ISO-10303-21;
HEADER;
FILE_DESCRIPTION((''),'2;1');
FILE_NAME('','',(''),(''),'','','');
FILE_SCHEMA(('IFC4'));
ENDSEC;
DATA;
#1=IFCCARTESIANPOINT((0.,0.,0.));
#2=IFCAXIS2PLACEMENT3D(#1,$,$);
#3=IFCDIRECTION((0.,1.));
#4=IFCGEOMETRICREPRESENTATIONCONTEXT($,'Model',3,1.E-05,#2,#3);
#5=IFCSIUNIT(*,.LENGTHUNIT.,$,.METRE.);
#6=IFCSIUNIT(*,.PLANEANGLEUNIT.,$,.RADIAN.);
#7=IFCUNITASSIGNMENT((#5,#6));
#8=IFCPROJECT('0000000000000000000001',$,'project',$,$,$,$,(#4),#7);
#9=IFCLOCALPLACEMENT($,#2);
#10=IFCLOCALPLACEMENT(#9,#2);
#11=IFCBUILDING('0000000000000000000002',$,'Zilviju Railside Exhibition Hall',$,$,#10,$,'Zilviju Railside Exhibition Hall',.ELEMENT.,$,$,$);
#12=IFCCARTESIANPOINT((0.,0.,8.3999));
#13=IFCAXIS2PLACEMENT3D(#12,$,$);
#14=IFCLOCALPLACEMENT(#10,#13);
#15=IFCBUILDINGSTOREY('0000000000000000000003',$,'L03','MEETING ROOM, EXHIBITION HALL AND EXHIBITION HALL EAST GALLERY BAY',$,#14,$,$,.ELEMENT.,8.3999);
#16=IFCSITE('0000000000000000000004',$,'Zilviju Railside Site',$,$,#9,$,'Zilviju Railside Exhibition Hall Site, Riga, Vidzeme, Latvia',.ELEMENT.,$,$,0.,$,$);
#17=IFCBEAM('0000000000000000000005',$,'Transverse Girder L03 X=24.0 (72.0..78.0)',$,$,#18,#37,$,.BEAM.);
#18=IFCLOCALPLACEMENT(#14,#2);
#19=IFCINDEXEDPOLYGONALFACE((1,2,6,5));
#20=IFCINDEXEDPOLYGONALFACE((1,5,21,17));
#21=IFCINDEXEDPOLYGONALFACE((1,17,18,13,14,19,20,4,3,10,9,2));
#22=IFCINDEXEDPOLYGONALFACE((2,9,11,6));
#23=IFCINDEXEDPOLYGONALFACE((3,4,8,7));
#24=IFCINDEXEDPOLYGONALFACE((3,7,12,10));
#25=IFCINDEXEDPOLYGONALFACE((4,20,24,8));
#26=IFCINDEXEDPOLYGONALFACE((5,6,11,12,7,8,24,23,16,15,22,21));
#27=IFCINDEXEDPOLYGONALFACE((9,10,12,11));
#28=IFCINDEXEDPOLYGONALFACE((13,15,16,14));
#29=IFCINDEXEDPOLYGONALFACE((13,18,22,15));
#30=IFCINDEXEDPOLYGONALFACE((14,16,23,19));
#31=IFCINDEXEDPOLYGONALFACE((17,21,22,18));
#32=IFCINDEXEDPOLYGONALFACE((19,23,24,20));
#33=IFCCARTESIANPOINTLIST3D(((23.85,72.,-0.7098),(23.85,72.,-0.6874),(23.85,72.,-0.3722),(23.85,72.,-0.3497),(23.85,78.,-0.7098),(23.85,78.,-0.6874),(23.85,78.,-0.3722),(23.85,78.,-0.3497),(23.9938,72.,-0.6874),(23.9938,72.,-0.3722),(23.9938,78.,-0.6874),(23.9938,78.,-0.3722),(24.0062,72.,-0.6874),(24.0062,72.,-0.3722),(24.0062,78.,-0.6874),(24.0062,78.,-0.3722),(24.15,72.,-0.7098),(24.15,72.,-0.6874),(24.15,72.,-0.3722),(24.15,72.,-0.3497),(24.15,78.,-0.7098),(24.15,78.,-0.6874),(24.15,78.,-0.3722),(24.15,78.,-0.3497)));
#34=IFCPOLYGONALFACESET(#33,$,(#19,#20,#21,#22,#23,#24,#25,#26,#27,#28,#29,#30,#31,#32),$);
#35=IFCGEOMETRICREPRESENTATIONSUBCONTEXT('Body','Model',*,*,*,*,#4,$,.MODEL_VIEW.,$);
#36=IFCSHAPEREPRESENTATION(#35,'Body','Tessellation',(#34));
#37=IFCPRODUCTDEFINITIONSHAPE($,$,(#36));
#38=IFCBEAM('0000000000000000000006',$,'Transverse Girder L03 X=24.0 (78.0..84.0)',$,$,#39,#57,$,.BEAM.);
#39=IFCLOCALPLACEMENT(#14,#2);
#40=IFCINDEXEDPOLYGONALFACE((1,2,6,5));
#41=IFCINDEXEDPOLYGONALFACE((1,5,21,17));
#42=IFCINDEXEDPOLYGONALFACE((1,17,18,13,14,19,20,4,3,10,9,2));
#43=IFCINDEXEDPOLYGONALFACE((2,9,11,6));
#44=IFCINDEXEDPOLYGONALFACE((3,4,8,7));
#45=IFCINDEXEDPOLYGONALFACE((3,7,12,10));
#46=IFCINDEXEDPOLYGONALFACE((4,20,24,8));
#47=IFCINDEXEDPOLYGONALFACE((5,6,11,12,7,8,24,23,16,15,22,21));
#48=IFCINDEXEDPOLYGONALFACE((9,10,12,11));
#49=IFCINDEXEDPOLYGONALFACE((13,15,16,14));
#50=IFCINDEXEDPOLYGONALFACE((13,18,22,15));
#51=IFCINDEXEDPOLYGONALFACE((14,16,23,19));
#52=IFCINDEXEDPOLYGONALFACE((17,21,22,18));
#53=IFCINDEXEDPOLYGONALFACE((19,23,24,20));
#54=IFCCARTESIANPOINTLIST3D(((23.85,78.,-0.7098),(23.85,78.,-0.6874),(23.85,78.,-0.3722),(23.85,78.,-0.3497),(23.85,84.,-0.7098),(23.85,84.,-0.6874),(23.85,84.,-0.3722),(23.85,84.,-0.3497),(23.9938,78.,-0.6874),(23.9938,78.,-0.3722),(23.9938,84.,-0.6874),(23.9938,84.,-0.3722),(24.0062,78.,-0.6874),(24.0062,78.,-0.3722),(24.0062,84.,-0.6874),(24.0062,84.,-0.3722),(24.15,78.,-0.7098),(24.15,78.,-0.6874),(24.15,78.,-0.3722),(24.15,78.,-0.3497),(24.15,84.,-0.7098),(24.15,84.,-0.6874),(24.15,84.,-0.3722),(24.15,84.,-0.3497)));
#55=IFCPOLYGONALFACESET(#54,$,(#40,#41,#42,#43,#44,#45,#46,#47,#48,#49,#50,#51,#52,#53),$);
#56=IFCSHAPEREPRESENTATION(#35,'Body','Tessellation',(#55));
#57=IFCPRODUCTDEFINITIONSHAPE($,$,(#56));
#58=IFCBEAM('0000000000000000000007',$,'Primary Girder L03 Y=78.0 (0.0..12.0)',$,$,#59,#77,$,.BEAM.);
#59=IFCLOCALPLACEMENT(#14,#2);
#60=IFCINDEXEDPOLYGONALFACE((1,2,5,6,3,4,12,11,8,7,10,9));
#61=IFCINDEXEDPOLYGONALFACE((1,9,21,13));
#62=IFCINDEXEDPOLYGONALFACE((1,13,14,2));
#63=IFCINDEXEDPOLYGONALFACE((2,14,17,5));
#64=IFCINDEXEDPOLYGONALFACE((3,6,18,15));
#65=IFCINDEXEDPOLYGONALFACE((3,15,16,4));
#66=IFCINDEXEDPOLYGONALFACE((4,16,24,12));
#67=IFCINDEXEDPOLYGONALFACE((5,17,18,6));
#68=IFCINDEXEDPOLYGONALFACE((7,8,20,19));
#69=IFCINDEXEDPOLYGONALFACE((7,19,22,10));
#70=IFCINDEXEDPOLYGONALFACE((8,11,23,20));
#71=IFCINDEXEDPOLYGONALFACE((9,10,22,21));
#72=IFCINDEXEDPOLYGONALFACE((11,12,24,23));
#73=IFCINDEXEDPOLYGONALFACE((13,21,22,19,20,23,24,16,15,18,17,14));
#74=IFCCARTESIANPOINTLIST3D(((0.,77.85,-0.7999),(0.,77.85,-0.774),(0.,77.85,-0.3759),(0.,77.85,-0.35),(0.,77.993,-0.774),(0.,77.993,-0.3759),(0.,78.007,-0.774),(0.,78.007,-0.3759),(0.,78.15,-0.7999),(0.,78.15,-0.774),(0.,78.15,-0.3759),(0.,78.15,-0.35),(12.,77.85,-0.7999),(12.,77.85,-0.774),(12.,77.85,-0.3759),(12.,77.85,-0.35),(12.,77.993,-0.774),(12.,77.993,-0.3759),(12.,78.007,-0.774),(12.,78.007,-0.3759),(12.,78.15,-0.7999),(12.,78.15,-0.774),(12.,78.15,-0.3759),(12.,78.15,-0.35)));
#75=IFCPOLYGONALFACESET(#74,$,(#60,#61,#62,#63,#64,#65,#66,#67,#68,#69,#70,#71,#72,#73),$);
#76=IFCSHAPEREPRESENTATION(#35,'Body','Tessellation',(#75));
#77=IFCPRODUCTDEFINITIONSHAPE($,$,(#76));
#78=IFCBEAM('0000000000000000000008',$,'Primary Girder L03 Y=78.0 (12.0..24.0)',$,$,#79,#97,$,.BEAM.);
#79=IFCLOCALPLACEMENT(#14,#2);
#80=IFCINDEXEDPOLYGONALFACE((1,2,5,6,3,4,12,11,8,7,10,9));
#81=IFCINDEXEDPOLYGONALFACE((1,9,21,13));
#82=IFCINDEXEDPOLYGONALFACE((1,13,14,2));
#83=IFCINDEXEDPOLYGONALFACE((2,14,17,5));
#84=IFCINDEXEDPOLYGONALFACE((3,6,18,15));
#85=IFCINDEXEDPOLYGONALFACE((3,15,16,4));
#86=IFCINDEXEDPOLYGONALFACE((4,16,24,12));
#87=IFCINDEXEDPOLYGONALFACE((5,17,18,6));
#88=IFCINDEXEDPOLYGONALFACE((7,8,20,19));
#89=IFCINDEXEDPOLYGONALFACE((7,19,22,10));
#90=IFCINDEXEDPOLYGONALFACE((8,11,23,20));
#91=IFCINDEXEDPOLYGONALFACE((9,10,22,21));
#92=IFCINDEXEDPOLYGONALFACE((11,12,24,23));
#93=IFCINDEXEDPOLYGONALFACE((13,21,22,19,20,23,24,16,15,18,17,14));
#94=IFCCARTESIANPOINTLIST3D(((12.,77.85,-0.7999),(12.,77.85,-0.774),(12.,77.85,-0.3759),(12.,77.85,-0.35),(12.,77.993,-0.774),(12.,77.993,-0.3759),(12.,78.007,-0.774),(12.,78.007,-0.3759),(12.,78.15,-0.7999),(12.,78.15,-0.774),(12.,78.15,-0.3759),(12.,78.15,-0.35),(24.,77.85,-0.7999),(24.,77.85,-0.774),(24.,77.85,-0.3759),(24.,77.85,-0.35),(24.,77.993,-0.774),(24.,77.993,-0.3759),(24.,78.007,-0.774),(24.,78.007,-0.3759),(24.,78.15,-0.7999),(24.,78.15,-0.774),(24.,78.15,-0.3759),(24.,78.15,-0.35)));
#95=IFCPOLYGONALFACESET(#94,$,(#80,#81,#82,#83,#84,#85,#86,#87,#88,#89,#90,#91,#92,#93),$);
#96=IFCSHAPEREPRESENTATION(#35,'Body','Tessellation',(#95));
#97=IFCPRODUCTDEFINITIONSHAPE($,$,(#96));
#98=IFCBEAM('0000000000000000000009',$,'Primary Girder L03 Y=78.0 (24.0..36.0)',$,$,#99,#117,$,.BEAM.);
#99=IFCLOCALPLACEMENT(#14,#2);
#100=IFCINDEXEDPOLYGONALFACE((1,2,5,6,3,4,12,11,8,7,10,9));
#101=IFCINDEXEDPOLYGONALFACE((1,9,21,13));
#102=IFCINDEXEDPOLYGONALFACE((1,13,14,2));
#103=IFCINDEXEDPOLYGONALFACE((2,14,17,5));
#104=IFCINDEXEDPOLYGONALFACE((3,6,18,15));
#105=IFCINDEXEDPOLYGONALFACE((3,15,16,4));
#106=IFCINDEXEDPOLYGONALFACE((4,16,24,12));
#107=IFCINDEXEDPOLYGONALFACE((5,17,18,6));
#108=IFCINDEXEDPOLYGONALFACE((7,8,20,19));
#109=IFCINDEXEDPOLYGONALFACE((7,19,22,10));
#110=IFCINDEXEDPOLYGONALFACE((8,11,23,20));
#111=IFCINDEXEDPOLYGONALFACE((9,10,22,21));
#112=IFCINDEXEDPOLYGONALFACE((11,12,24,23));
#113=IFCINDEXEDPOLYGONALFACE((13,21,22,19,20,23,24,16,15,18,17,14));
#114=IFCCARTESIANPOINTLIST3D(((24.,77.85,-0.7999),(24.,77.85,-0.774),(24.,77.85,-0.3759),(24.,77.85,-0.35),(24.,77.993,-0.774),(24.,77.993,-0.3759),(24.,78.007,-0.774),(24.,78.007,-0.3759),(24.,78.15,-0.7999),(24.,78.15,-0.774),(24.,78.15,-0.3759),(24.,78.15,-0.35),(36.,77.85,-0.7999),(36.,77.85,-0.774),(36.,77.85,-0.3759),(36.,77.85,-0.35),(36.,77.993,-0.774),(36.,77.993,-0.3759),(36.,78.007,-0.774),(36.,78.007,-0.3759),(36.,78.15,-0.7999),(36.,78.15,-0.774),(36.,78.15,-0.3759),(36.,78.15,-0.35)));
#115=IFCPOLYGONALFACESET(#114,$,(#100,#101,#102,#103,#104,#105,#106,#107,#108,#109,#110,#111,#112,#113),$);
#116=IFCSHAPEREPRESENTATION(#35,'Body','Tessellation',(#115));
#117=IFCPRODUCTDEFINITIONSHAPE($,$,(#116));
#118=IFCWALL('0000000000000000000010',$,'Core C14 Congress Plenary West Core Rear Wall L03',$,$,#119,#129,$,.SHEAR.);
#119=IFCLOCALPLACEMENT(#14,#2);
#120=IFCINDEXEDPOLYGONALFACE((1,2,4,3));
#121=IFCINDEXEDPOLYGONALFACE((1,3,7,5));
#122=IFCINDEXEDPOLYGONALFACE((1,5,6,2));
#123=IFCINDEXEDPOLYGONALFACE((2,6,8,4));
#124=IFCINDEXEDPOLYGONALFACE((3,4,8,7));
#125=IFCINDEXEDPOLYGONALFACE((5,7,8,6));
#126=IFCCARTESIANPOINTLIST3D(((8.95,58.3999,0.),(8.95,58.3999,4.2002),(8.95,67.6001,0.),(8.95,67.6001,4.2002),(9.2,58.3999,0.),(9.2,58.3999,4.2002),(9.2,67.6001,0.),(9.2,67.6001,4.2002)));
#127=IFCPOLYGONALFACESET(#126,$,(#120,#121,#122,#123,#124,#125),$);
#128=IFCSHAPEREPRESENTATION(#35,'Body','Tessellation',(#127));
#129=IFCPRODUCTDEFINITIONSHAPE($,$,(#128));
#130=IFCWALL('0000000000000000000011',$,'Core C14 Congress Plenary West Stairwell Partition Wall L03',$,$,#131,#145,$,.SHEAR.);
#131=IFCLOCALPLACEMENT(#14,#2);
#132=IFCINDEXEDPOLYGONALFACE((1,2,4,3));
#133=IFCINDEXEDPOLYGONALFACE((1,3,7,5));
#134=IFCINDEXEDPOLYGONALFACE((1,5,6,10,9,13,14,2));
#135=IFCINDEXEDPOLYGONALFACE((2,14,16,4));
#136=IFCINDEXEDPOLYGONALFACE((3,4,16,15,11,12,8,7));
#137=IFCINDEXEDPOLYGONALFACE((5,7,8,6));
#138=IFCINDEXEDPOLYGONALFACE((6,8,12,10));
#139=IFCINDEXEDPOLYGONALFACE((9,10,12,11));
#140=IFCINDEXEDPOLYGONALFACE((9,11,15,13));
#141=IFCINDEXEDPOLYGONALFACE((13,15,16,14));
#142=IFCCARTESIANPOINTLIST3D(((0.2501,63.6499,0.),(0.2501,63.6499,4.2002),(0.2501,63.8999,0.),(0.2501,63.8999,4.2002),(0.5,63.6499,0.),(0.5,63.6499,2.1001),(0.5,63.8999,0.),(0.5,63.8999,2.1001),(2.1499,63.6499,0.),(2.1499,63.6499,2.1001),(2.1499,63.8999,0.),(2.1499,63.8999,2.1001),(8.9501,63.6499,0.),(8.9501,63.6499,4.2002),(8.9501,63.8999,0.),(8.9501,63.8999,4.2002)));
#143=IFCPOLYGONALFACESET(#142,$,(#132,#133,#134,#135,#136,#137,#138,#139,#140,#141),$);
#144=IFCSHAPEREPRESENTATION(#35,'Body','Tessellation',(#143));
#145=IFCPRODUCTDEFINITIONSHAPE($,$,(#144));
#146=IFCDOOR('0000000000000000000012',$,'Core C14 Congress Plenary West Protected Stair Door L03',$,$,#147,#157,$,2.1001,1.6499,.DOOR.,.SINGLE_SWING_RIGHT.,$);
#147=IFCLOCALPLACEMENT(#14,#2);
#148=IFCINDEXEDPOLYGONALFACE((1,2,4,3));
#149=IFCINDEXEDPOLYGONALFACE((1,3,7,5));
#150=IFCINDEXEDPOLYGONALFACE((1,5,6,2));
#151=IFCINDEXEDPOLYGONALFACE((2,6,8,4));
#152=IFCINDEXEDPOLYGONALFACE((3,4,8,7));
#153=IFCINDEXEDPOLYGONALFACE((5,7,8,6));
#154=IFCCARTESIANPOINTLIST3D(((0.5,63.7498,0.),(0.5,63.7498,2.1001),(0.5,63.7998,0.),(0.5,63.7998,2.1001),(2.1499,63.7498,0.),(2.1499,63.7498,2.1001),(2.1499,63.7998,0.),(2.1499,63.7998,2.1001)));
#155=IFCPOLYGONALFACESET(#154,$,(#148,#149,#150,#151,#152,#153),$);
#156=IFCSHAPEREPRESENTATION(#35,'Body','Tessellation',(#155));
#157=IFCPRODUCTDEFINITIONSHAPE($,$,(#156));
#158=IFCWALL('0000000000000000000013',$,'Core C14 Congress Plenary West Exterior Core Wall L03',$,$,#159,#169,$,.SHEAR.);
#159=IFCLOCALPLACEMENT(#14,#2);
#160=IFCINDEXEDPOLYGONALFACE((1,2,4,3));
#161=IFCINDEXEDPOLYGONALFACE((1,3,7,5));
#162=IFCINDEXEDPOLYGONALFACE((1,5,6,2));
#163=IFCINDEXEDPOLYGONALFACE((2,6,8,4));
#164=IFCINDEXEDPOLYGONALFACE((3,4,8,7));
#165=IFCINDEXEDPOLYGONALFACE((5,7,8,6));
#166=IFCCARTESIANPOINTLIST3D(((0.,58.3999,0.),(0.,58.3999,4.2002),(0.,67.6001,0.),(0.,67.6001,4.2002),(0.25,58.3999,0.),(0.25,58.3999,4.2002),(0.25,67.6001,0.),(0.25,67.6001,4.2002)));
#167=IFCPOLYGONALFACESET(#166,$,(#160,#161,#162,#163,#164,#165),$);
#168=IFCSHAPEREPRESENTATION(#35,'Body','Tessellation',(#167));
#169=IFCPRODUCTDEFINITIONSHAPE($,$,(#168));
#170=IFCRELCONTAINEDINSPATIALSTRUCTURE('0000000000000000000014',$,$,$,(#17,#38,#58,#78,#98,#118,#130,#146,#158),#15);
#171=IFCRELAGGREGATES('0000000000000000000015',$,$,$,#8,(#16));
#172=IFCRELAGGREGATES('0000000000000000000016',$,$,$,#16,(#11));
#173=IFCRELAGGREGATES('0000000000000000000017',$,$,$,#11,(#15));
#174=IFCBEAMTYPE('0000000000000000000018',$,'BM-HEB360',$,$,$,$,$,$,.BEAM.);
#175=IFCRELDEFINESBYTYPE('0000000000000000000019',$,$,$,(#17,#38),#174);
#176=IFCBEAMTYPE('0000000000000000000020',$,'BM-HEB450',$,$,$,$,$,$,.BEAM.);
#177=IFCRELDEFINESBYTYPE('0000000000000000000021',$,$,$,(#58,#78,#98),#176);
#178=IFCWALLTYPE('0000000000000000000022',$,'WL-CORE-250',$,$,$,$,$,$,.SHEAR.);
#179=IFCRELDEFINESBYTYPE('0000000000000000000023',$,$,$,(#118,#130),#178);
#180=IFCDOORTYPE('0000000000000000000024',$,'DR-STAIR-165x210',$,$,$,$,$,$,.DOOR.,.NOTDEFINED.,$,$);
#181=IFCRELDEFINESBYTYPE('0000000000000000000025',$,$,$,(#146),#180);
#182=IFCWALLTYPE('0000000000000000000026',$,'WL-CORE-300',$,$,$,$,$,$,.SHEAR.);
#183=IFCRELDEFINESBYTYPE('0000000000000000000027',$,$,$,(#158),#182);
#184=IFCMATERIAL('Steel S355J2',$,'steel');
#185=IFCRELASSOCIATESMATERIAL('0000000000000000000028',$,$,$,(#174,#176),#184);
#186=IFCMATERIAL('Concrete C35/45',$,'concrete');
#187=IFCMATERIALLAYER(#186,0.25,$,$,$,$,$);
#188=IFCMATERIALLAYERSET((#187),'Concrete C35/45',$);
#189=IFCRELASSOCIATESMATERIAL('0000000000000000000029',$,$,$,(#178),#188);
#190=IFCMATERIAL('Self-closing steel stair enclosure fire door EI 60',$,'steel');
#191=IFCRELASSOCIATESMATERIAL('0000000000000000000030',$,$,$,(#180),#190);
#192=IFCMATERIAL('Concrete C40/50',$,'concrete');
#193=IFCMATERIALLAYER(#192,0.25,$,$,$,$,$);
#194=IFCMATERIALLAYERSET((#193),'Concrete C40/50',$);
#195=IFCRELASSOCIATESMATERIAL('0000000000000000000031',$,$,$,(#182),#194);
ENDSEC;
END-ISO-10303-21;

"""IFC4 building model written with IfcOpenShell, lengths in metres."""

from ifc_helpers import new_model, si_unit, direction, frame, frame_2d, origin, origin_2d, place, context, subcontext, project, spatial, rectangle, i_section, extrude, material, layer, layer_set, material_profile, profile_set, type_object, element, fill, save


model = new_model("IFC4")

# Units and contexts
model_context = context("Model", 3, precision=1e-05, world=origin(), true_north=direction((0.0, 1.0)))
body_context = subcontext(model_context, "Body", "Model", "MODEL_VIEW")
ifc_project = project(units=[si_unit("LENGTHUNIT", "METRE"), si_unit("PLANEANGLEUNIT", "RADIAN")], contexts=[model_context])

# Site, building, storey
site_placement = place(None, origin())
site = spatial("IfcSite", under=ifc_project, at=site_placement, Name="Zilviju Railside Site", LongName="Zilviju Railside Exhibition Hall Site, Riga, Vidzeme, Latvia", CompositionType="ELEMENT", RefElevation=0.0)
building_placement = place(site_placement, origin())
building = spatial("IfcBuilding", under=site, at=building_placement, Name="Zilviju Railside Exhibition Hall", LongName="Zilviju Railside Exhibition Hall", CompositionType="ELEMENT")
storey_placement = place(building_placement, frame((0.0, 0.0, 8.3999)))
storey = spatial("IfcBuildingStorey", under=building, at=storey_placement, Name="L03", Description="MEETING ROOM, EXHIBITION HALL AND EXHIBITION HALL EAST GALLERY BAY", CompositionType="ELEMENT", Elevation=8.3999)

# Shared definitions
ifc_material_1 = material(Name="Steel S355J2", Category="steel")

# Beams
ifc_material_profile_1 = material_profile(ifc_material_1, i_section(OverallWidth=0.3, OverallDepth=0.3601, WebThickness=0.0125, FlangeThickness=0.0225, at=origin_2d()), Name="HEB 360")
ifc_profile_set_1 = profile_set([ifc_material_profile_1], Name="Steel S355J2")
beam_type_1 = type_object("IfcBeamType", Name="BM-HEB360", PredefinedType="BEAM", material=ifc_profile_set_1)
for number, where, z_axis, x_axis, name in (
    (1, (24.0, 72.0, -0.5298), (0.0, 1.0, 0.0), (-1.0, 0.0, 0.0), "Transverse Girder L03 X=24.0 (72.0..78.0)"),
    (2, (24.0, 78.0, -0.5298), (0.0, 1.0, 0.0), (-1.0, 0.0, 0.0), "Transverse Girder L03 X=24.0 (78.0..84.0)"),
):
    element("IfcBeam", number, at=place(storey_placement, frame(where, z_axis=z_axis, x_axis=x_axis)), inside=storey, type_object=beam_type_1, Name=name, PredefinedType="BEAM", context=body_context, shape_type="SweptSolid", body=[
        extrude(i_section(OverallWidth=0.3, OverallDepth=0.3601, WebThickness=0.0125, FlangeThickness=0.0225, at=origin_2d()), origin(), (0.0, 0.0, 1.0), 6.0),
    ])
ifc_material_profile_2 = material_profile(ifc_material_1, i_section(OverallWidth=0.3, OverallDepth=0.45, WebThickness=0.0139, FlangeThickness=0.0259, at=origin_2d()), Name="HEB 450")
ifc_profile_set_2 = profile_set([ifc_material_profile_2], Name="Steel S355J2")
beam_type_2 = type_object("IfcBeamType", Name="BM-HEB450", PredefinedType="BEAM", material=ifc_profile_set_2)
for number, where, z_axis, x_axis, name in (
    (3, (0.0, 78.0, -0.575), (1.0, 0.0, 0.0), (0.0, 1.0, 0.0), "Primary Girder L03 Y=78.0 (0.0..12.0)"),
    (4, (12.0, 78.0, -0.575), (1.0, 0.0, 0.0), (0.0, 1.0, 0.0), "Primary Girder L03 Y=78.0 (12.0..24.0)"),
    (5, (24.0, 78.0, -0.575), (1.0, 0.0, 0.0), (0.0, 1.0, 0.0), "Primary Girder L03 Y=78.0 (24.0..36.0)"),
):
    element("IfcBeam", number, at=place(storey_placement, frame(where, z_axis=z_axis, x_axis=x_axis)), inside=storey, type_object=beam_type_2, Name=name, PredefinedType="BEAM", context=body_context, shape_type="SweptSolid", body=[
        extrude(i_section(OverallWidth=0.3, OverallDepth=0.45, WebThickness=0.0139, FlangeThickness=0.0259, at=origin_2d()), origin(), (0.0, 0.0, 1.0), 12.0),
    ])

# Wall
ifc_material_2 = material(Name="Concrete C35/45", Category="concrete")
ifc_layer_1 = layer(ifc_material_2, 0.25)
ifc_layer_set_1 = layer_set([ifc_layer_1], Name="Concrete C35/45")
wall_type_1 = type_object("IfcWallType", Name="WL-CORE-250", PredefinedType="SHEAR", material=ifc_layer_set_1)
wall_1_placement = place(storey_placement, frame((9.075, 58.3999, 0.0), z_axis=(0.0, 0.0, 1.0), x_axis=(0.0, 1.0, 0.0)))
element("IfcWall", 6, at=wall_1_placement, inside=storey, type_object=wall_type_1, Name="Core C14 Congress Plenary West Core Rear Wall L03", PredefinedType="SHEAR", context=body_context, shape_type="SweptSolid", body=[
    extrude(rectangle(XDim=9.2002, YDim=0.25, at=frame_2d((4.6001, 0.0))), origin(), (0.0, 0.0, 1.0), 4.2002),
])

# Wall, opening, door
wall_2_placement = place(storey_placement, frame((0.25, 63.7749, 0.0), z_axis=(0.0, 0.0, 1.0), x_axis=(1.0, 0.0, 0.0)))
wall_2 = element("IfcWall", 7, at=wall_2_placement, inside=storey, type_object=wall_type_1, Name="Core C14 Congress Plenary West Stairwell Partition Wall L03", PredefinedType="SHEAR", context=body_context, shape_type="SweptSolid", body=[
    extrude(rectangle(XDim=8.7, YDim=0.25, at=frame_2d((4.3501, 0.0))), origin(), (0.0, 0.0, 1.0), 4.2002),
])
opening_1_placement = place(wall_2_placement, frame((0.25, 0.0, 0.0)))
opening_1 = element("IfcOpeningElement", 8, at=opening_1_placement, cuts=wall_2, PredefinedType="OPENING", context=body_context, shape_type="SweptSolid", body=[
    extrude(rectangle(XDim=1.6499, YDim=2.1001, at=frame_2d((0.825, 1.05))), frame((0.0, 0.135, 0.0), z_axis=(0.0, -1.0, 0.0), x_axis=(1.0, 0.0, 0.0)), (0.0, 0.0, 1.0), 0.27),
])
ifc_material_3 = material(Name="Self-closing steel stair enclosure fire door EI 60", Category="steel")
door_type_1 = type_object("IfcDoorType", Name="DR-STAIR-165x210", OperationType="NOTDEFINED", PredefinedType="DOOR", material=ifc_material_3)
door_1_placement = place(opening_1_placement, origin())
door_1 = element("IfcDoor", 9, at=door_1_placement, inside=storey, type_object=door_type_1, Name="Core C14 Congress Plenary West Protected Stair Door L03", OperationType="SINGLE_SWING_RIGHT", OverallHeight=2.1001, OverallWidth=1.6499, PredefinedType="DOOR", context=body_context, shape_type="SweptSolid", body=[
    extrude(rectangle(XDim=1.6499, YDim=2.1001, at=frame_2d((0.825, 1.05))), frame((0.0, 0.0249, 0.0), z_axis=(0.0, -1.0, 0.0), x_axis=(1.0, 0.0, 0.0)), (0.0, 0.0, 1.0), 0.05),
])
fill(opening_1, door_1)

# Wall
ifc_material_4 = material(Name="Concrete C40/50", Category="concrete")
ifc_layer_2 = layer(ifc_material_4, 0.25)
ifc_layer_set_2 = layer_set([ifc_layer_2], Name="Concrete C40/50")
wall_type_2 = type_object("IfcWallType", Name="WL-CORE-300", PredefinedType="SHEAR", material=ifc_layer_set_2)
wall_3_placement = place(storey_placement, frame((0.125, 58.3999, 0.0), z_axis=(0.0, 0.0, 1.0), x_axis=(0.0, 1.0, 0.0)))
element("IfcWall", 10, at=wall_3_placement, inside=storey, type_object=wall_type_2, Name="Core C14 Congress Plenary West Exterior Core Wall L03", PredefinedType="SHEAR", context=body_context, shape_type="SweptSolid", body=[
    extrude(rectangle(XDim=9.2002, YDim=0.25, at=frame_2d((4.6001, 0.0))), origin(), (0.0, 0.0, 1.0), 4.2002),
])

save(model, "model.ifc")
